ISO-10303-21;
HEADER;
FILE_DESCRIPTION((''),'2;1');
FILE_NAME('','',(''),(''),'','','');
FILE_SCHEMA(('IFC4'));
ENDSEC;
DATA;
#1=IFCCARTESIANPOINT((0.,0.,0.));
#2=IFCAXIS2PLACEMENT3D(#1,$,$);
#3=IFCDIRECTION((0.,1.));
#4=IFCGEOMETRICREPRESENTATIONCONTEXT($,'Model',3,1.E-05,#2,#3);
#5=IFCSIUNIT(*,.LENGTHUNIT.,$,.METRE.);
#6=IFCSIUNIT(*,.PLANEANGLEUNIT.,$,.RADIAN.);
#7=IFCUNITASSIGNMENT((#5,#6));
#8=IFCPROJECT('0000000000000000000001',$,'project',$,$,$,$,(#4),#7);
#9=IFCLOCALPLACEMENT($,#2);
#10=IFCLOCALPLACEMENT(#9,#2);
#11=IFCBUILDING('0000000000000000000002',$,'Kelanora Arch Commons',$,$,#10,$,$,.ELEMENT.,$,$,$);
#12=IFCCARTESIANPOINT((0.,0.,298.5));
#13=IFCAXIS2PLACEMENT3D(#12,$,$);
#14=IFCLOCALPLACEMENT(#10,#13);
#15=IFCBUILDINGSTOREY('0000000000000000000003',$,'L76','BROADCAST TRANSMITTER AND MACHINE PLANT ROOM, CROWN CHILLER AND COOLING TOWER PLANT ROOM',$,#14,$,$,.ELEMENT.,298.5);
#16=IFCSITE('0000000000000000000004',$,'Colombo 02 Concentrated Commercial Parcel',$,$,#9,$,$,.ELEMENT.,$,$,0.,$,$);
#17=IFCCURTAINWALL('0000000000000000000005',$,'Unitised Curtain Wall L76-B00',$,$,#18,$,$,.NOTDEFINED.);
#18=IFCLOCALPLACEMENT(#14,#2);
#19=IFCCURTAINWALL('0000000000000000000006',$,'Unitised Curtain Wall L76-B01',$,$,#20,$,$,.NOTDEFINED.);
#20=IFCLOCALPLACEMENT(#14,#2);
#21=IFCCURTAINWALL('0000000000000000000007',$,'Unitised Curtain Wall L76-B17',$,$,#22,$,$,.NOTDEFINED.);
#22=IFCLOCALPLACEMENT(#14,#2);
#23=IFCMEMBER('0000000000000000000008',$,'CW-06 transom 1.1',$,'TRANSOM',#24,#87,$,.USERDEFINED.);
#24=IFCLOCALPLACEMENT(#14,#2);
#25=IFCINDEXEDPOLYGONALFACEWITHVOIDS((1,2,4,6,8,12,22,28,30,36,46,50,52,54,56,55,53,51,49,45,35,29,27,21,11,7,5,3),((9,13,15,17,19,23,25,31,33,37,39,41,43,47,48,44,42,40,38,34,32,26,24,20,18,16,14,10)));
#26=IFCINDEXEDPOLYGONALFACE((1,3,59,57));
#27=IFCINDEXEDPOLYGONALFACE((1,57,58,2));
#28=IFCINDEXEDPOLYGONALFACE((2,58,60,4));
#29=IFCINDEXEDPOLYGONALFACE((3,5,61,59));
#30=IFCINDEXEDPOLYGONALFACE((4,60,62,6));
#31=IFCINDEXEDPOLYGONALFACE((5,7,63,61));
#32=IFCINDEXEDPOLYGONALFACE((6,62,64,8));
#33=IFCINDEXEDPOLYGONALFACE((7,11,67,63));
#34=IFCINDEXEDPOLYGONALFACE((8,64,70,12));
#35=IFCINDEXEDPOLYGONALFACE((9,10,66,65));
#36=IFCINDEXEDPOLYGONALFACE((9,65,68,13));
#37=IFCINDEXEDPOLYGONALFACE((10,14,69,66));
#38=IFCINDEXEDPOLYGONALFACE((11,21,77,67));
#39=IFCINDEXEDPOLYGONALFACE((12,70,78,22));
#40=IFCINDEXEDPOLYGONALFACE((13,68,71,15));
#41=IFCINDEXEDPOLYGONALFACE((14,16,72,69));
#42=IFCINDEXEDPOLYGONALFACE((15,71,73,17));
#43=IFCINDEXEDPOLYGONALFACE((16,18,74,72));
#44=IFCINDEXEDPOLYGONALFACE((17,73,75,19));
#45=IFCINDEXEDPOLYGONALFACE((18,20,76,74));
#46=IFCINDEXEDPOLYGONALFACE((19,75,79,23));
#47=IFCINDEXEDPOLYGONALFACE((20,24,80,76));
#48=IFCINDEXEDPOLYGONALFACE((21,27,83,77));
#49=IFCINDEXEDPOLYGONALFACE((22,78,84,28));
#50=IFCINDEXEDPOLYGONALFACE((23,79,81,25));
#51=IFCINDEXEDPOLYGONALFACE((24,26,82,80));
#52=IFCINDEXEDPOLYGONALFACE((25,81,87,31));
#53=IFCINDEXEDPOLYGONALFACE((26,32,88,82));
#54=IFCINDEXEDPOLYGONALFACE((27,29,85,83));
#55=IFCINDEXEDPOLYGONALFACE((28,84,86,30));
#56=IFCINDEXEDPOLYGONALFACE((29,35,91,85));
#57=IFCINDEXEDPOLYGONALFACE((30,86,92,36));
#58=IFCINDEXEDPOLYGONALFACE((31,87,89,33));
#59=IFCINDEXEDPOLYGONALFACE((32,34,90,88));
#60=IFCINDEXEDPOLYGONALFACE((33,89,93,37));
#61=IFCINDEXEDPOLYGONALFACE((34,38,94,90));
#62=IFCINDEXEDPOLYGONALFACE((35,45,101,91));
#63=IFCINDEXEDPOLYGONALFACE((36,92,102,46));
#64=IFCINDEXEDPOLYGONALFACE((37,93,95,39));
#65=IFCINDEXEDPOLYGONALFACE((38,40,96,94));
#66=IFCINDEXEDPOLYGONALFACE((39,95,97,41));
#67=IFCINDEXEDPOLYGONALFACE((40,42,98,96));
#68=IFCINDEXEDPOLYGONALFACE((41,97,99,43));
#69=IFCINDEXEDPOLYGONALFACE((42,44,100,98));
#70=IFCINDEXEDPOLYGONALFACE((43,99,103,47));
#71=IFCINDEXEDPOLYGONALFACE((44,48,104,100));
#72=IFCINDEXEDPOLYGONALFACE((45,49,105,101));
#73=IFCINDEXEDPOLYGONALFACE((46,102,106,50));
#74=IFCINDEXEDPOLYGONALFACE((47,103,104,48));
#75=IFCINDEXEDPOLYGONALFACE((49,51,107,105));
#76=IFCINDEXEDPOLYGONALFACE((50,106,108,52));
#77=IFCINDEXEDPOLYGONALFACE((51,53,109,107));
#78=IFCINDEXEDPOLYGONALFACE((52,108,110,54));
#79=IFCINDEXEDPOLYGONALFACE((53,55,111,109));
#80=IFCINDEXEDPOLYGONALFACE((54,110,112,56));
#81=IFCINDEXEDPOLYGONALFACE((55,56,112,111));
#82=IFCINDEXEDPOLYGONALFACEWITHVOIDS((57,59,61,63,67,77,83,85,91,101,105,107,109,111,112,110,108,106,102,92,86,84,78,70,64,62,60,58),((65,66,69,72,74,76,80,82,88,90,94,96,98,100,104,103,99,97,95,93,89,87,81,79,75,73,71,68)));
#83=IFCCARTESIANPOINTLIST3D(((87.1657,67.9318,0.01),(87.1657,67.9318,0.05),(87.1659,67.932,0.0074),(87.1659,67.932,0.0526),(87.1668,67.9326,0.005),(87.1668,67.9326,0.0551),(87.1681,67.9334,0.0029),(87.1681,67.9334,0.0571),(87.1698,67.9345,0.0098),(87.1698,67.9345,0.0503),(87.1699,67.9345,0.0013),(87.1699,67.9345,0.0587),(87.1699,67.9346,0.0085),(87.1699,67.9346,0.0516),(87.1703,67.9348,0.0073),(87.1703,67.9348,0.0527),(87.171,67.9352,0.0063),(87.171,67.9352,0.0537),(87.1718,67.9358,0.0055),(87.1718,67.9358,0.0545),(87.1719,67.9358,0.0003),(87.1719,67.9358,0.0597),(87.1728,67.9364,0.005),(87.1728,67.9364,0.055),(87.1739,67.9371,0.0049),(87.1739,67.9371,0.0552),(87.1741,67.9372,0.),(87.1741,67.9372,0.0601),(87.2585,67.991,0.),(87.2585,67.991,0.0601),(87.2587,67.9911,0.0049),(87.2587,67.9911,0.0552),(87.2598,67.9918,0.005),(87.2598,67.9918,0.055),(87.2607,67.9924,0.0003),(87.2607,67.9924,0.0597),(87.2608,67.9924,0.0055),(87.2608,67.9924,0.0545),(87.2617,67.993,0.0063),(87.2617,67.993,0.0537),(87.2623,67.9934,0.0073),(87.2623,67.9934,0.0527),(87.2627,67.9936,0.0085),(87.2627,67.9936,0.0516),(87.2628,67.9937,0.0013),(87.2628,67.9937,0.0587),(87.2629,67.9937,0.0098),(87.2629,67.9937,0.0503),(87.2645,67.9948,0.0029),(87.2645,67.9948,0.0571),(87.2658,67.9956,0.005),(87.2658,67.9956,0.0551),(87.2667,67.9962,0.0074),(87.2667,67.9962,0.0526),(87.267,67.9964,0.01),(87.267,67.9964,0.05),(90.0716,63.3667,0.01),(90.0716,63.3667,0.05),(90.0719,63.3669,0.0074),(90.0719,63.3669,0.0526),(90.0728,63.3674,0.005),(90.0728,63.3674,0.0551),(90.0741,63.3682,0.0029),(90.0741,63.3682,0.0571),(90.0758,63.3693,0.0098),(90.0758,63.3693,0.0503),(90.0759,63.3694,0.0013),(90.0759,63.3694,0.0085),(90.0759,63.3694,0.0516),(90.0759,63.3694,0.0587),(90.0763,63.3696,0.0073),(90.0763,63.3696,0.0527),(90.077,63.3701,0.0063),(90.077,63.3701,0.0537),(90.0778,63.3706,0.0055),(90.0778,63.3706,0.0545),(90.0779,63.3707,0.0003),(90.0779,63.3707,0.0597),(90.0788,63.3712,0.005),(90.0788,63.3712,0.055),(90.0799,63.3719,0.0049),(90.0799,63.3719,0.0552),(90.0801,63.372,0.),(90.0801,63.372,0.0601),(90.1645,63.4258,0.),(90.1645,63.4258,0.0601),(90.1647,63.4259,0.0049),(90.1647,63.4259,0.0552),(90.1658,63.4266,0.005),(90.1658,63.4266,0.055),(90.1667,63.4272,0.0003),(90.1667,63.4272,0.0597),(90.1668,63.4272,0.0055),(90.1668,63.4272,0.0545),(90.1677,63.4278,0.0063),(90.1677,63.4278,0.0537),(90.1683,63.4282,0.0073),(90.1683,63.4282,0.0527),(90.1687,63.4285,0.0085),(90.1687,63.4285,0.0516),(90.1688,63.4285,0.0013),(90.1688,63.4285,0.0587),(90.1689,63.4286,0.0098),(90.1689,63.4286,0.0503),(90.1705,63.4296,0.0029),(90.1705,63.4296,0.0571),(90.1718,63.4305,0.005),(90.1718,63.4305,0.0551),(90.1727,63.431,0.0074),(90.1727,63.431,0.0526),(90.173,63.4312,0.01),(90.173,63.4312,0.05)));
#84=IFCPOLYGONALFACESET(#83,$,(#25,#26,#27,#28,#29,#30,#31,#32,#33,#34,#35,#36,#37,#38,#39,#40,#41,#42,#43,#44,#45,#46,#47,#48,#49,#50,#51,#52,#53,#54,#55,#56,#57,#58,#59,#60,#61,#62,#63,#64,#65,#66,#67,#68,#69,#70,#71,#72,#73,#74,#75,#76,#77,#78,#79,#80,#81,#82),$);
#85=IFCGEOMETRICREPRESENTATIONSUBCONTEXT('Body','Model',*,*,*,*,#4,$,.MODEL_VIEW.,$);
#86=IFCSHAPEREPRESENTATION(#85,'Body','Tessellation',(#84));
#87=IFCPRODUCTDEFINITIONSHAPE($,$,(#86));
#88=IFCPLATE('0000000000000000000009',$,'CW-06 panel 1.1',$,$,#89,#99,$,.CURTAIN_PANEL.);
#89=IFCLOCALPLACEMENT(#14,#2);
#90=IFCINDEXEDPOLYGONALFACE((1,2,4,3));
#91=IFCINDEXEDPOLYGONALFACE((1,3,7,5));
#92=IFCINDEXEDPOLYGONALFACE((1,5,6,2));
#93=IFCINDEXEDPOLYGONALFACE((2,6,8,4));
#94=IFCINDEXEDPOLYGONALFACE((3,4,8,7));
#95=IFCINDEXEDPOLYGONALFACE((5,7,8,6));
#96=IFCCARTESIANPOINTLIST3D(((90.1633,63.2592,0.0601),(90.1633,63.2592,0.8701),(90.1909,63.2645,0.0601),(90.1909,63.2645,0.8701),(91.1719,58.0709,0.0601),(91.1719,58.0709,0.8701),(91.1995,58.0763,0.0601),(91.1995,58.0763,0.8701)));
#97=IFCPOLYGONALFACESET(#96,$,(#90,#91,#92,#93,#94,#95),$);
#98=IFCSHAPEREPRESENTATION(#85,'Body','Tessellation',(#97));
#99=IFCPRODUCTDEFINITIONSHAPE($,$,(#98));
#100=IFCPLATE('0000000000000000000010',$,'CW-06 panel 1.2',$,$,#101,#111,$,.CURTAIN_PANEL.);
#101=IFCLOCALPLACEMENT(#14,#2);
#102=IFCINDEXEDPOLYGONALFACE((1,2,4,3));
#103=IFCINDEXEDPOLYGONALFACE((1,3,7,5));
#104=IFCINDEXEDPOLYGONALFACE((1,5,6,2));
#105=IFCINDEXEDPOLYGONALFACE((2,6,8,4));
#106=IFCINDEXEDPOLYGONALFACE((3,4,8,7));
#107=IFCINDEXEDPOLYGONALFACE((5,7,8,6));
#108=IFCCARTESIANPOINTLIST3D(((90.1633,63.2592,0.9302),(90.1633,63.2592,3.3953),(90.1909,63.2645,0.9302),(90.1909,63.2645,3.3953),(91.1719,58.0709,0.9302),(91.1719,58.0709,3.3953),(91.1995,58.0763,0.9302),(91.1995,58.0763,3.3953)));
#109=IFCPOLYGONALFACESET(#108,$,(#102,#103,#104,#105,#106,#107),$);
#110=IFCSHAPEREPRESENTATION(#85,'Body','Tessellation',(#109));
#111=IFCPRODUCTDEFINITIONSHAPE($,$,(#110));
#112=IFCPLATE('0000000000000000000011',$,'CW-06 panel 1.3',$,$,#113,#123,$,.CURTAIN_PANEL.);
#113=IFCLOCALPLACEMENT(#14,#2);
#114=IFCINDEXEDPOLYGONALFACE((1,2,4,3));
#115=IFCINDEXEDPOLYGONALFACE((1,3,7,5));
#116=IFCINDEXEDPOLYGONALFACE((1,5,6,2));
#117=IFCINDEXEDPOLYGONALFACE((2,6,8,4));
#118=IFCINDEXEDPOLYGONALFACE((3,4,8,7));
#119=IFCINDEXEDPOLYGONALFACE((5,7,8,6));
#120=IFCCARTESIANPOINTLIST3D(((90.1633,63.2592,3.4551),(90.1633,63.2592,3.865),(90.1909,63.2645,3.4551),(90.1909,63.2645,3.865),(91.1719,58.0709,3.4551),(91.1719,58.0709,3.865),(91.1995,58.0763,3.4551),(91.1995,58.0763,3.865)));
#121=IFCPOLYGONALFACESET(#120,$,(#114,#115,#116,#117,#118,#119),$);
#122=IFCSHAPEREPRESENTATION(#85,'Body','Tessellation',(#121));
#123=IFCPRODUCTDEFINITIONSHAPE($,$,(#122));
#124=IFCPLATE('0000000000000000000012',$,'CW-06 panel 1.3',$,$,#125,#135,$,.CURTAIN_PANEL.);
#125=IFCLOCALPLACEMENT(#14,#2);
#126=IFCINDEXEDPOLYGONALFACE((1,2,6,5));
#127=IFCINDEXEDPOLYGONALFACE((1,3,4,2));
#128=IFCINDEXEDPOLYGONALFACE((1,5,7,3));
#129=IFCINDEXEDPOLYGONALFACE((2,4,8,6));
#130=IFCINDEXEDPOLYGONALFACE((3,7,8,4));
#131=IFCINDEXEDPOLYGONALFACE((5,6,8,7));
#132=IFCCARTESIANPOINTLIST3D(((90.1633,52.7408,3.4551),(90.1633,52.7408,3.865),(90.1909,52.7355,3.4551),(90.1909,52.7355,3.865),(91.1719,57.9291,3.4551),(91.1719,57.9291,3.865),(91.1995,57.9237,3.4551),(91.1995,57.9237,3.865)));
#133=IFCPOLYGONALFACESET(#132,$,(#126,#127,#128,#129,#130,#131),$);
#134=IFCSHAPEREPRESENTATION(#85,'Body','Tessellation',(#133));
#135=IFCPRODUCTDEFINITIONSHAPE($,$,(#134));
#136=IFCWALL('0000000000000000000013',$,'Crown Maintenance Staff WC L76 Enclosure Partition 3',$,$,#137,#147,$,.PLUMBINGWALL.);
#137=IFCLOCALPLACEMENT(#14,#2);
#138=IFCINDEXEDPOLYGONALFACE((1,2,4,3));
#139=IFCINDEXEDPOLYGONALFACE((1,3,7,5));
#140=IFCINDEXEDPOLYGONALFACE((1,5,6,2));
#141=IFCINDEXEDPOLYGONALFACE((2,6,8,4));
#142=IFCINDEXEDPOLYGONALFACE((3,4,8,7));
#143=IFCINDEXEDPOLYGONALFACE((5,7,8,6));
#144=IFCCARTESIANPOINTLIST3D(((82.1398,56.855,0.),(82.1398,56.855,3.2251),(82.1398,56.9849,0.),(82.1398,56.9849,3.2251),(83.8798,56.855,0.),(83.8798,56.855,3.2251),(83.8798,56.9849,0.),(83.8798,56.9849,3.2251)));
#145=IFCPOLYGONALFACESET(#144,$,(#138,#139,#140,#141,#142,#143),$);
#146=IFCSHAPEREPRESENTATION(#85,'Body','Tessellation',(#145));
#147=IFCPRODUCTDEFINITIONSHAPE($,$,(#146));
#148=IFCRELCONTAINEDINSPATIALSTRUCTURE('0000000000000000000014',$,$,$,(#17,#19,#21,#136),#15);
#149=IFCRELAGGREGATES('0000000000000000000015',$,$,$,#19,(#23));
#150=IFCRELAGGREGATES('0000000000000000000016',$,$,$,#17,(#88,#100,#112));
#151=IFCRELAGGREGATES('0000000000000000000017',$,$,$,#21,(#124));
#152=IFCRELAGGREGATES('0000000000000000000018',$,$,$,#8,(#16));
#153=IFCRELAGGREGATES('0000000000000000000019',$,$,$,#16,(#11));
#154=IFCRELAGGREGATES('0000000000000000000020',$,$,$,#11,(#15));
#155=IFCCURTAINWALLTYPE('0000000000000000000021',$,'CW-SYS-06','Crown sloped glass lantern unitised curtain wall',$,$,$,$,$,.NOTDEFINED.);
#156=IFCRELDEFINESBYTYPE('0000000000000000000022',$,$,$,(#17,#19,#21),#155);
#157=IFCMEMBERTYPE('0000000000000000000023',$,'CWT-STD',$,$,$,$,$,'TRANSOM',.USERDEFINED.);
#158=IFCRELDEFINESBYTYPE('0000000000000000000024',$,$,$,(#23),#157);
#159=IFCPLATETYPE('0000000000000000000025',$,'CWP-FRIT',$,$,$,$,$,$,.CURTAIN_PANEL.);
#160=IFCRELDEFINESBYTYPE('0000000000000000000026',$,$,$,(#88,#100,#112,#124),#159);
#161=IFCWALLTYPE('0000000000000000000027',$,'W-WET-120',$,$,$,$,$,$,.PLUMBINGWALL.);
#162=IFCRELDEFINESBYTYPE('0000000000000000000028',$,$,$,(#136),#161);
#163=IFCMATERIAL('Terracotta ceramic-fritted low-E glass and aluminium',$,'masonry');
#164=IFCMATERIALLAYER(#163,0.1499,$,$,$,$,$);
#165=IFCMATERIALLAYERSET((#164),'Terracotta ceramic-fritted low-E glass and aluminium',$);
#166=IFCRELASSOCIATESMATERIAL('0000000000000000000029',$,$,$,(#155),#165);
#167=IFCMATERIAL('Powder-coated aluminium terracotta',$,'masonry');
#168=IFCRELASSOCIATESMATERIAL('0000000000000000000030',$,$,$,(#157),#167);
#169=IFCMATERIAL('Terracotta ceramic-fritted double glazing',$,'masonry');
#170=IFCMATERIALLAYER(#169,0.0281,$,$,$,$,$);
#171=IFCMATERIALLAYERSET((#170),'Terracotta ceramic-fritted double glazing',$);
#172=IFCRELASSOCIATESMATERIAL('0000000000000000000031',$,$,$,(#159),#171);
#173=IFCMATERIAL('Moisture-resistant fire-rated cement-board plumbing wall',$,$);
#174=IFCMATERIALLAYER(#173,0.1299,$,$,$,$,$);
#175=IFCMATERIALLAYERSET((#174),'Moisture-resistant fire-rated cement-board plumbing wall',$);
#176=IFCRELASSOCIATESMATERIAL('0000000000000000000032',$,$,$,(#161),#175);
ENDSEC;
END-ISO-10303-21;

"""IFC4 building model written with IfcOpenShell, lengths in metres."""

from ifc_helpers import new_model, si_unit, direction, frame, frame_2d, origin, origin_2d, place, context, subcontext, project, spatial, rectangle, hollow_rectangle, extrude, source, transform, mapped, material, layer, layer_set, material_profile, profile_set, type_object, element, aggregate, save


model = new_model("IFC4")

# Units and contexts
model_context = context("Model", 3, precision=1e-05, world=origin(), true_north=direction((0.0, 1.0)))
body_context = subcontext(model_context, "Body", "Model", "MODEL_VIEW")
ifc_project = project(units=[si_unit("LENGTHUNIT", "METRE"), si_unit("PLANEANGLEUNIT", "RADIAN")], contexts=[model_context])

# Site, building, storey
site_placement = place(None, origin())
site = spatial("IfcSite", under=ifc_project, at=site_placement, Name="Colombo 02 Concentrated Commercial Parcel", CompositionType="ELEMENT", RefElevation=0.0)
building_placement = place(site_placement, origin())
building = spatial("IfcBuilding", under=site, at=building_placement, Name="Kelanora Arch Commons", CompositionType="ELEMENT")
storey_placement = place(building_placement, frame((0.0, 0.0, 298.5)))
storey = spatial("IfcBuildingStorey", under=building, at=storey_placement, Name="L76", Description="BROADCAST TRANSMITTER AND MACHINE PLANT ROOM, CROWN CHILLER AND COOLING TOWER PLANT ROOM", CompositionType="ELEMENT", Elevation=298.5)

# Curtain wall
ifc_material_1 = material(Name="Terracotta ceramic-fritted low-E glass and aluminium", Category="masonry")
ifc_layer_1 = layer(ifc_material_1, 0.1499)
ifc_layer_set_1 = layer_set([ifc_layer_1], Name="Terracotta ceramic-fritted low-E glass and aluminium")
curtain_wall_type = type_object("IfcCurtainWallType", Name="CW-SYS-06", Description="Crown sloped glass lantern unitised curtain wall", PredefinedType="NOTDEFINED", material=ifc_layer_set_1)
curtain_wall_1_placement = place(storey_placement, origin())
curtain_wall_1 = element("IfcCurtainWall", 1, at=curtain_wall_1_placement, inside=storey, type_object=curtain_wall_type, Name="Unitised Curtain Wall L76-B00", PredefinedType="NOTDEFINED")
ifc_material_2 = material(Name="Powder-coated aluminium terracotta", Category="masonry")

# Curtain walls
curtain_wall_2_placement = place(storey_placement, origin())
curtain_wall_2 = element("IfcCurtainWall", 2, at=curtain_wall_2_placement, inside=storey, type_object=curtain_wall_type, Name="Unitised Curtain Wall L76-B01", PredefinedType="NOTDEFINED")
curtain_wall_3_placement = place(storey_placement, origin())
curtain_wall_3 = element("IfcCurtainWall", 3, at=curtain_wall_3_placement, inside=storey, type_object=curtain_wall_type, Name="Unitised Curtain Wall L76-B17", PredefinedType="NOTDEFINED")

# Member
ifc_material_profile_1 = material_profile(ifc_material_2, hollow_rectangle(XDim=0.1201, YDim=0.0601, WallThickness=0.0049, InnerFilletRadius=0.0049, OuterFilletRadius=0.01, at=origin_2d()), Name="CWT120x60")
ifc_profile_set_1 = profile_set([ifc_material_profile_1], Name="Powder-coated aluminium terracotta")
member_type_1 = type_object("IfcMemberType", Name="CWT-STD", ElementType="TRANSOM", PredefinedType="USERDEFINED", material=ifc_profile_set_1)
member_1_placement = place(storey_placement, frame((90.1223, 63.3989, 0.03), z_axis=(-0.536992, 0.843587, 0.0), x_axis=(-0.843587, -0.536992, 0.0)))
member_1 = element("IfcMember", 4, at=member_1_placement, type_object=member_type_1, Name="CW-06 transom 1.1", ObjectType="TRANSOM", PredefinedType="USERDEFINED", context=body_context, shape_type="SweptSolid", body=[
    extrude(hollow_rectangle(XDim=0.1201, YDim=0.0601, WallThickness=0.0049, InnerFilletRadius=0.0049, OuterFilletRadius=0.01, at=origin_2d()), origin(), (0.0, 0.0, 1.0), 5.4116),
])
aggregate(curtain_wall_2, [member_1])

# Plates
ifc_material_3 = material(Name="Terracotta ceramic-fritted double glazing", Category="masonry")
ifc_layer_2 = layer(ifc_material_3, 0.0281)
ifc_layer_set_2 = layer_set([ifc_layer_2], Name="Terracotta ceramic-fritted double glazing")
plate_type = type_object("IfcPlateType", Name="CWP-FRIT", PredefinedType="CURTAIN_PANEL", material=ifc_layer_set_2)
shared_shape_1 = source(origin(), body_context, "Body", "SweptSolid", [
    extrude(rectangle(XDim=5.2854, YDim=0.0281, at=origin_2d()), origin(), (0.0, 0.0, 1.0), 0.8101),
])
plate_1_placement = place(storey_placement, frame((90.6814, 60.6677, 0.0601), z_axis=(0.0, 0.0, 1.0), x_axis=(-0.190827, 0.981624, 0.0)))
plate_1 = element("IfcPlate", 5, at=plate_1_placement, type_object=plate_type, Name="CW-06 panel 1.1", PredefinedType="CURTAIN_PANEL", context=body_context, shape_type="MappedRepresentation", body=[
    mapped(shared_shape_1, transform((0.0, 0.0, 0.0), scale=1.0)),
])
shared_shape_2 = source(origin(), body_context, "Body", "SweptSolid", [
    extrude(rectangle(XDim=5.2854, YDim=0.0281, at=origin_2d()), origin(), (0.0, 0.0, 1.0), 2.4651),
])
plate_2_placement = place(storey_placement, frame((90.6814, 60.6677, 0.9302), z_axis=(0.0, 0.0, 1.0), x_axis=(-0.190827, 0.981624, 0.0)))
plate_2 = element("IfcPlate", 6, at=plate_2_placement, type_object=plate_type, Name="CW-06 panel 1.2", PredefinedType="CURTAIN_PANEL", context=body_context, shape_type="MappedRepresentation", body=[
    mapped(shared_shape_2, transform((0.0, 0.0, 0.0), scale=1.0)),
])
shared_shape_3 = source(origin(), body_context, "Body", "SweptSolid", [
    extrude(rectangle(XDim=5.2854, YDim=0.0281, at=origin_2d()), origin(), (0.0, 0.0, 1.0), 0.4099),
])
plate_3_placement = place(storey_placement, frame((90.6814, 60.6677, 3.4551), z_axis=(0.0, 0.0, 1.0), x_axis=(-0.190827, 0.981624, 0.0)))
plate_3 = element("IfcPlate", 7, at=plate_3_placement, type_object=plate_type, Name="CW-06 panel 1.3", PredefinedType="CURTAIN_PANEL", context=body_context, shape_type="MappedRepresentation", body=[
    mapped(shared_shape_3, transform((0.0, 0.0, 0.0), scale=1.0)),
])
aggregate(curtain_wall_1, [plate_1, plate_2, plate_3])
plate_4_placement = place(storey_placement, frame((90.6814, 55.3323, 3.4551), z_axis=(0.0, 0.0, 1.0), x_axis=(0.190827, 0.981624, 0.0)))
plate_4 = element("IfcPlate", 8, at=plate_4_placement, type_object=plate_type, Name="CW-06 panel 1.3", PredefinedType="CURTAIN_PANEL", context=body_context, shape_type="MappedRepresentation", body=[
    mapped(shared_shape_3, transform((0.0, 0.0, 0.0), scale=1.0)),
])
aggregate(curtain_wall_3, [plate_4])

# Wall
ifc_material_4 = material(Name="Moisture-resistant fire-rated cement-board plumbing wall")
ifc_layer_3 = layer(ifc_material_4, 0.1299)
ifc_layer_set_3 = layer_set([ifc_layer_3], Name="Moisture-resistant fire-rated cement-board plumbing wall")
wall_type = type_object("IfcWallType", Name="W-WET-120", PredefinedType="PLUMBINGWALL", material=ifc_layer_set_3)
wall_placement = place(storey_placement, frame((83.8799, 56.9199, 0.0), z_axis=(0.0, 0.0, 1.0), x_axis=(-1.0, 0.0, 0.0)))
element("IfcWall", 9, at=wall_placement, inside=storey, type_object=wall_type, Name="Crown Maintenance Staff WC L76 Enclosure Partition 3", PredefinedType="PLUMBINGWALL", context=body_context, shape_type="SweptSolid", body=[
    extrude(rectangle(XDim=1.74, YDim=0.1299, at=frame_2d((0.8701, 0.0))), origin(), (0.0, 0.0, 1.0), 3.2251),
])

save(model, "model.ifc")
